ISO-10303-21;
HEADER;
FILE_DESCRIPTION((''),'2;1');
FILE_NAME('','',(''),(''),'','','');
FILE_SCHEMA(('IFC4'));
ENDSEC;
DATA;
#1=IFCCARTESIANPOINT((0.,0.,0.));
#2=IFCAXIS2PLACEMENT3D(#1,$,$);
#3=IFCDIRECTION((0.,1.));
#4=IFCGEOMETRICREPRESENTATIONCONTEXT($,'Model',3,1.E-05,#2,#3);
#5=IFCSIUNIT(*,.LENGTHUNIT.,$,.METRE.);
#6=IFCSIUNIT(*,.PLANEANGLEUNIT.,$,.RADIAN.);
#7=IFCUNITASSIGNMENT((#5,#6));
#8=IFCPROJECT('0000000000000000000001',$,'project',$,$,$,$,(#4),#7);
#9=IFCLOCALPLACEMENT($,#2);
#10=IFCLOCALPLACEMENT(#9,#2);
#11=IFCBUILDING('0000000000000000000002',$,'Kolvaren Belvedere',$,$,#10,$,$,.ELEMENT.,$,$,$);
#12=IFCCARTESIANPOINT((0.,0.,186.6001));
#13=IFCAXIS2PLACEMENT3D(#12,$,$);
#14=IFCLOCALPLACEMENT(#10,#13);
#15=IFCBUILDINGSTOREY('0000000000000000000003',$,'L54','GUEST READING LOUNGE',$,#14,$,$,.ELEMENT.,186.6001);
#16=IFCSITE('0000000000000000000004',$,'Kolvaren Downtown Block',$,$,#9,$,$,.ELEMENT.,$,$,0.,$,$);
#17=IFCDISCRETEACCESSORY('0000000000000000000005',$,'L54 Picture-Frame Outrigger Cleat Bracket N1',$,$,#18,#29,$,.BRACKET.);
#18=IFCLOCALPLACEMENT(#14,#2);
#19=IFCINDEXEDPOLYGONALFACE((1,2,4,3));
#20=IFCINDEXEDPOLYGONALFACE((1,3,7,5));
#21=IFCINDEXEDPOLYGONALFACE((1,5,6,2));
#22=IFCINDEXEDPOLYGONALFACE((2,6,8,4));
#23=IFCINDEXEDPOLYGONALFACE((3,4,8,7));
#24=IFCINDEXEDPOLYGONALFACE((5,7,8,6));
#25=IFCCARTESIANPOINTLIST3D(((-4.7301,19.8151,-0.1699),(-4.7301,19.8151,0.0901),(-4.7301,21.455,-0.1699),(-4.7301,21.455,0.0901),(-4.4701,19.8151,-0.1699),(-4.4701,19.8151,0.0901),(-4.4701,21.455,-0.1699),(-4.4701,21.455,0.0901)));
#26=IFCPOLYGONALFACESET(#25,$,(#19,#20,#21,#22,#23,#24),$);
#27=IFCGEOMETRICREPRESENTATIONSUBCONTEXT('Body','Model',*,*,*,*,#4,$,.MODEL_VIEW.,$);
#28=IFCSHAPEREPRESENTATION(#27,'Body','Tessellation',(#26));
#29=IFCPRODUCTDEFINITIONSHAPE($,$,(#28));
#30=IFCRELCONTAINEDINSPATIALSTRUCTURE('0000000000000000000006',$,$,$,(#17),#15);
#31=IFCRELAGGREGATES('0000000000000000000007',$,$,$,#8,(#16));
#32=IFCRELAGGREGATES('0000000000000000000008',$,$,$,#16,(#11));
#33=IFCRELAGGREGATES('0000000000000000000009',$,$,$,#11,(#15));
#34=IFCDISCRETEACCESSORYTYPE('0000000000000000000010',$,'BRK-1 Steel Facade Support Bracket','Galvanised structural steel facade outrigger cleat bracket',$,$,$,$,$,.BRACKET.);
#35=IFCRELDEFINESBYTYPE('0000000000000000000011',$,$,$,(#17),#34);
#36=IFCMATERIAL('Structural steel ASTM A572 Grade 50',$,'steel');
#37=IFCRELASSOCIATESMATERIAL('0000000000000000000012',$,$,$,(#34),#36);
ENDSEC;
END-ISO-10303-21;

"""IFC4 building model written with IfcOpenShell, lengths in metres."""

from ifc_helpers import new_model, si_unit, direction, frame, origin, origin_2d, place, context, subcontext, project, spatial, rectangle, extrude, material, type_object, element, save


model = new_model("IFC4")

# Units and contexts
model_context = context("Model", 3, precision=1e-05, world=origin(), true_north=direction((0.0, 1.0)))
body_context = subcontext(model_context, "Body", "Model", "MODEL_VIEW")
ifc_project = project(units=[si_unit("LENGTHUNIT", "METRE"), si_unit("PLANEANGLEUNIT", "RADIAN")], contexts=[model_context])

# Site, building, storey
site_placement = place(None, origin())
site = spatial("IfcSite", under=ifc_project, at=site_placement, Name="Kolvaren Downtown Block", CompositionType="ELEMENT", RefElevation=0.0)
building_placement = place(site_placement, origin())
building = spatial("IfcBuilding", under=site, at=building_placement, Name="Kolvaren Belvedere", CompositionType="ELEMENT")
storey_placement = place(building_placement, frame((0.0, 0.0, 186.6001)))
storey = spatial("IfcBuildingStorey", under=building, at=storey_placement, Name="L54", Description="GUEST READING LOUNGE", CompositionType="ELEMENT", Elevation=186.6001)

# Discrete accessory
ifc_material_1 = material(Name="Structural steel ASTM A572 Grade 50", Category="steel")
discrete_accessory_type = type_object("IfcDiscreteAccessoryType", Name="BRK-1 Steel Facade Support Bracket", Description="Galvanised structural steel facade outrigger cleat bracket", PredefinedType="BRACKET", material=ifc_material_1)
discrete_accessory_placement = place(storey_placement, frame((-4.6001, 20.635, -0.1699), z_axis=(0.0, 0.0, 1.0), x_axis=(0.0, 1.0, 0.0)))
element("IfcDiscreteAccessory", 1, at=discrete_accessory_placement, inside=storey, type_object=discrete_accessory_type, Name="L54 Picture-Frame Outrigger Cleat Bracket N1", PredefinedType="BRACKET", context=body_context, shape_type="SweptSolid", body=[
    extrude(rectangle(XDim=1.6399, YDim=0.26, at=origin_2d()), origin(), (0.0, 0.0, 1.0), 0.26),
])

save(model, "model.ifc")
